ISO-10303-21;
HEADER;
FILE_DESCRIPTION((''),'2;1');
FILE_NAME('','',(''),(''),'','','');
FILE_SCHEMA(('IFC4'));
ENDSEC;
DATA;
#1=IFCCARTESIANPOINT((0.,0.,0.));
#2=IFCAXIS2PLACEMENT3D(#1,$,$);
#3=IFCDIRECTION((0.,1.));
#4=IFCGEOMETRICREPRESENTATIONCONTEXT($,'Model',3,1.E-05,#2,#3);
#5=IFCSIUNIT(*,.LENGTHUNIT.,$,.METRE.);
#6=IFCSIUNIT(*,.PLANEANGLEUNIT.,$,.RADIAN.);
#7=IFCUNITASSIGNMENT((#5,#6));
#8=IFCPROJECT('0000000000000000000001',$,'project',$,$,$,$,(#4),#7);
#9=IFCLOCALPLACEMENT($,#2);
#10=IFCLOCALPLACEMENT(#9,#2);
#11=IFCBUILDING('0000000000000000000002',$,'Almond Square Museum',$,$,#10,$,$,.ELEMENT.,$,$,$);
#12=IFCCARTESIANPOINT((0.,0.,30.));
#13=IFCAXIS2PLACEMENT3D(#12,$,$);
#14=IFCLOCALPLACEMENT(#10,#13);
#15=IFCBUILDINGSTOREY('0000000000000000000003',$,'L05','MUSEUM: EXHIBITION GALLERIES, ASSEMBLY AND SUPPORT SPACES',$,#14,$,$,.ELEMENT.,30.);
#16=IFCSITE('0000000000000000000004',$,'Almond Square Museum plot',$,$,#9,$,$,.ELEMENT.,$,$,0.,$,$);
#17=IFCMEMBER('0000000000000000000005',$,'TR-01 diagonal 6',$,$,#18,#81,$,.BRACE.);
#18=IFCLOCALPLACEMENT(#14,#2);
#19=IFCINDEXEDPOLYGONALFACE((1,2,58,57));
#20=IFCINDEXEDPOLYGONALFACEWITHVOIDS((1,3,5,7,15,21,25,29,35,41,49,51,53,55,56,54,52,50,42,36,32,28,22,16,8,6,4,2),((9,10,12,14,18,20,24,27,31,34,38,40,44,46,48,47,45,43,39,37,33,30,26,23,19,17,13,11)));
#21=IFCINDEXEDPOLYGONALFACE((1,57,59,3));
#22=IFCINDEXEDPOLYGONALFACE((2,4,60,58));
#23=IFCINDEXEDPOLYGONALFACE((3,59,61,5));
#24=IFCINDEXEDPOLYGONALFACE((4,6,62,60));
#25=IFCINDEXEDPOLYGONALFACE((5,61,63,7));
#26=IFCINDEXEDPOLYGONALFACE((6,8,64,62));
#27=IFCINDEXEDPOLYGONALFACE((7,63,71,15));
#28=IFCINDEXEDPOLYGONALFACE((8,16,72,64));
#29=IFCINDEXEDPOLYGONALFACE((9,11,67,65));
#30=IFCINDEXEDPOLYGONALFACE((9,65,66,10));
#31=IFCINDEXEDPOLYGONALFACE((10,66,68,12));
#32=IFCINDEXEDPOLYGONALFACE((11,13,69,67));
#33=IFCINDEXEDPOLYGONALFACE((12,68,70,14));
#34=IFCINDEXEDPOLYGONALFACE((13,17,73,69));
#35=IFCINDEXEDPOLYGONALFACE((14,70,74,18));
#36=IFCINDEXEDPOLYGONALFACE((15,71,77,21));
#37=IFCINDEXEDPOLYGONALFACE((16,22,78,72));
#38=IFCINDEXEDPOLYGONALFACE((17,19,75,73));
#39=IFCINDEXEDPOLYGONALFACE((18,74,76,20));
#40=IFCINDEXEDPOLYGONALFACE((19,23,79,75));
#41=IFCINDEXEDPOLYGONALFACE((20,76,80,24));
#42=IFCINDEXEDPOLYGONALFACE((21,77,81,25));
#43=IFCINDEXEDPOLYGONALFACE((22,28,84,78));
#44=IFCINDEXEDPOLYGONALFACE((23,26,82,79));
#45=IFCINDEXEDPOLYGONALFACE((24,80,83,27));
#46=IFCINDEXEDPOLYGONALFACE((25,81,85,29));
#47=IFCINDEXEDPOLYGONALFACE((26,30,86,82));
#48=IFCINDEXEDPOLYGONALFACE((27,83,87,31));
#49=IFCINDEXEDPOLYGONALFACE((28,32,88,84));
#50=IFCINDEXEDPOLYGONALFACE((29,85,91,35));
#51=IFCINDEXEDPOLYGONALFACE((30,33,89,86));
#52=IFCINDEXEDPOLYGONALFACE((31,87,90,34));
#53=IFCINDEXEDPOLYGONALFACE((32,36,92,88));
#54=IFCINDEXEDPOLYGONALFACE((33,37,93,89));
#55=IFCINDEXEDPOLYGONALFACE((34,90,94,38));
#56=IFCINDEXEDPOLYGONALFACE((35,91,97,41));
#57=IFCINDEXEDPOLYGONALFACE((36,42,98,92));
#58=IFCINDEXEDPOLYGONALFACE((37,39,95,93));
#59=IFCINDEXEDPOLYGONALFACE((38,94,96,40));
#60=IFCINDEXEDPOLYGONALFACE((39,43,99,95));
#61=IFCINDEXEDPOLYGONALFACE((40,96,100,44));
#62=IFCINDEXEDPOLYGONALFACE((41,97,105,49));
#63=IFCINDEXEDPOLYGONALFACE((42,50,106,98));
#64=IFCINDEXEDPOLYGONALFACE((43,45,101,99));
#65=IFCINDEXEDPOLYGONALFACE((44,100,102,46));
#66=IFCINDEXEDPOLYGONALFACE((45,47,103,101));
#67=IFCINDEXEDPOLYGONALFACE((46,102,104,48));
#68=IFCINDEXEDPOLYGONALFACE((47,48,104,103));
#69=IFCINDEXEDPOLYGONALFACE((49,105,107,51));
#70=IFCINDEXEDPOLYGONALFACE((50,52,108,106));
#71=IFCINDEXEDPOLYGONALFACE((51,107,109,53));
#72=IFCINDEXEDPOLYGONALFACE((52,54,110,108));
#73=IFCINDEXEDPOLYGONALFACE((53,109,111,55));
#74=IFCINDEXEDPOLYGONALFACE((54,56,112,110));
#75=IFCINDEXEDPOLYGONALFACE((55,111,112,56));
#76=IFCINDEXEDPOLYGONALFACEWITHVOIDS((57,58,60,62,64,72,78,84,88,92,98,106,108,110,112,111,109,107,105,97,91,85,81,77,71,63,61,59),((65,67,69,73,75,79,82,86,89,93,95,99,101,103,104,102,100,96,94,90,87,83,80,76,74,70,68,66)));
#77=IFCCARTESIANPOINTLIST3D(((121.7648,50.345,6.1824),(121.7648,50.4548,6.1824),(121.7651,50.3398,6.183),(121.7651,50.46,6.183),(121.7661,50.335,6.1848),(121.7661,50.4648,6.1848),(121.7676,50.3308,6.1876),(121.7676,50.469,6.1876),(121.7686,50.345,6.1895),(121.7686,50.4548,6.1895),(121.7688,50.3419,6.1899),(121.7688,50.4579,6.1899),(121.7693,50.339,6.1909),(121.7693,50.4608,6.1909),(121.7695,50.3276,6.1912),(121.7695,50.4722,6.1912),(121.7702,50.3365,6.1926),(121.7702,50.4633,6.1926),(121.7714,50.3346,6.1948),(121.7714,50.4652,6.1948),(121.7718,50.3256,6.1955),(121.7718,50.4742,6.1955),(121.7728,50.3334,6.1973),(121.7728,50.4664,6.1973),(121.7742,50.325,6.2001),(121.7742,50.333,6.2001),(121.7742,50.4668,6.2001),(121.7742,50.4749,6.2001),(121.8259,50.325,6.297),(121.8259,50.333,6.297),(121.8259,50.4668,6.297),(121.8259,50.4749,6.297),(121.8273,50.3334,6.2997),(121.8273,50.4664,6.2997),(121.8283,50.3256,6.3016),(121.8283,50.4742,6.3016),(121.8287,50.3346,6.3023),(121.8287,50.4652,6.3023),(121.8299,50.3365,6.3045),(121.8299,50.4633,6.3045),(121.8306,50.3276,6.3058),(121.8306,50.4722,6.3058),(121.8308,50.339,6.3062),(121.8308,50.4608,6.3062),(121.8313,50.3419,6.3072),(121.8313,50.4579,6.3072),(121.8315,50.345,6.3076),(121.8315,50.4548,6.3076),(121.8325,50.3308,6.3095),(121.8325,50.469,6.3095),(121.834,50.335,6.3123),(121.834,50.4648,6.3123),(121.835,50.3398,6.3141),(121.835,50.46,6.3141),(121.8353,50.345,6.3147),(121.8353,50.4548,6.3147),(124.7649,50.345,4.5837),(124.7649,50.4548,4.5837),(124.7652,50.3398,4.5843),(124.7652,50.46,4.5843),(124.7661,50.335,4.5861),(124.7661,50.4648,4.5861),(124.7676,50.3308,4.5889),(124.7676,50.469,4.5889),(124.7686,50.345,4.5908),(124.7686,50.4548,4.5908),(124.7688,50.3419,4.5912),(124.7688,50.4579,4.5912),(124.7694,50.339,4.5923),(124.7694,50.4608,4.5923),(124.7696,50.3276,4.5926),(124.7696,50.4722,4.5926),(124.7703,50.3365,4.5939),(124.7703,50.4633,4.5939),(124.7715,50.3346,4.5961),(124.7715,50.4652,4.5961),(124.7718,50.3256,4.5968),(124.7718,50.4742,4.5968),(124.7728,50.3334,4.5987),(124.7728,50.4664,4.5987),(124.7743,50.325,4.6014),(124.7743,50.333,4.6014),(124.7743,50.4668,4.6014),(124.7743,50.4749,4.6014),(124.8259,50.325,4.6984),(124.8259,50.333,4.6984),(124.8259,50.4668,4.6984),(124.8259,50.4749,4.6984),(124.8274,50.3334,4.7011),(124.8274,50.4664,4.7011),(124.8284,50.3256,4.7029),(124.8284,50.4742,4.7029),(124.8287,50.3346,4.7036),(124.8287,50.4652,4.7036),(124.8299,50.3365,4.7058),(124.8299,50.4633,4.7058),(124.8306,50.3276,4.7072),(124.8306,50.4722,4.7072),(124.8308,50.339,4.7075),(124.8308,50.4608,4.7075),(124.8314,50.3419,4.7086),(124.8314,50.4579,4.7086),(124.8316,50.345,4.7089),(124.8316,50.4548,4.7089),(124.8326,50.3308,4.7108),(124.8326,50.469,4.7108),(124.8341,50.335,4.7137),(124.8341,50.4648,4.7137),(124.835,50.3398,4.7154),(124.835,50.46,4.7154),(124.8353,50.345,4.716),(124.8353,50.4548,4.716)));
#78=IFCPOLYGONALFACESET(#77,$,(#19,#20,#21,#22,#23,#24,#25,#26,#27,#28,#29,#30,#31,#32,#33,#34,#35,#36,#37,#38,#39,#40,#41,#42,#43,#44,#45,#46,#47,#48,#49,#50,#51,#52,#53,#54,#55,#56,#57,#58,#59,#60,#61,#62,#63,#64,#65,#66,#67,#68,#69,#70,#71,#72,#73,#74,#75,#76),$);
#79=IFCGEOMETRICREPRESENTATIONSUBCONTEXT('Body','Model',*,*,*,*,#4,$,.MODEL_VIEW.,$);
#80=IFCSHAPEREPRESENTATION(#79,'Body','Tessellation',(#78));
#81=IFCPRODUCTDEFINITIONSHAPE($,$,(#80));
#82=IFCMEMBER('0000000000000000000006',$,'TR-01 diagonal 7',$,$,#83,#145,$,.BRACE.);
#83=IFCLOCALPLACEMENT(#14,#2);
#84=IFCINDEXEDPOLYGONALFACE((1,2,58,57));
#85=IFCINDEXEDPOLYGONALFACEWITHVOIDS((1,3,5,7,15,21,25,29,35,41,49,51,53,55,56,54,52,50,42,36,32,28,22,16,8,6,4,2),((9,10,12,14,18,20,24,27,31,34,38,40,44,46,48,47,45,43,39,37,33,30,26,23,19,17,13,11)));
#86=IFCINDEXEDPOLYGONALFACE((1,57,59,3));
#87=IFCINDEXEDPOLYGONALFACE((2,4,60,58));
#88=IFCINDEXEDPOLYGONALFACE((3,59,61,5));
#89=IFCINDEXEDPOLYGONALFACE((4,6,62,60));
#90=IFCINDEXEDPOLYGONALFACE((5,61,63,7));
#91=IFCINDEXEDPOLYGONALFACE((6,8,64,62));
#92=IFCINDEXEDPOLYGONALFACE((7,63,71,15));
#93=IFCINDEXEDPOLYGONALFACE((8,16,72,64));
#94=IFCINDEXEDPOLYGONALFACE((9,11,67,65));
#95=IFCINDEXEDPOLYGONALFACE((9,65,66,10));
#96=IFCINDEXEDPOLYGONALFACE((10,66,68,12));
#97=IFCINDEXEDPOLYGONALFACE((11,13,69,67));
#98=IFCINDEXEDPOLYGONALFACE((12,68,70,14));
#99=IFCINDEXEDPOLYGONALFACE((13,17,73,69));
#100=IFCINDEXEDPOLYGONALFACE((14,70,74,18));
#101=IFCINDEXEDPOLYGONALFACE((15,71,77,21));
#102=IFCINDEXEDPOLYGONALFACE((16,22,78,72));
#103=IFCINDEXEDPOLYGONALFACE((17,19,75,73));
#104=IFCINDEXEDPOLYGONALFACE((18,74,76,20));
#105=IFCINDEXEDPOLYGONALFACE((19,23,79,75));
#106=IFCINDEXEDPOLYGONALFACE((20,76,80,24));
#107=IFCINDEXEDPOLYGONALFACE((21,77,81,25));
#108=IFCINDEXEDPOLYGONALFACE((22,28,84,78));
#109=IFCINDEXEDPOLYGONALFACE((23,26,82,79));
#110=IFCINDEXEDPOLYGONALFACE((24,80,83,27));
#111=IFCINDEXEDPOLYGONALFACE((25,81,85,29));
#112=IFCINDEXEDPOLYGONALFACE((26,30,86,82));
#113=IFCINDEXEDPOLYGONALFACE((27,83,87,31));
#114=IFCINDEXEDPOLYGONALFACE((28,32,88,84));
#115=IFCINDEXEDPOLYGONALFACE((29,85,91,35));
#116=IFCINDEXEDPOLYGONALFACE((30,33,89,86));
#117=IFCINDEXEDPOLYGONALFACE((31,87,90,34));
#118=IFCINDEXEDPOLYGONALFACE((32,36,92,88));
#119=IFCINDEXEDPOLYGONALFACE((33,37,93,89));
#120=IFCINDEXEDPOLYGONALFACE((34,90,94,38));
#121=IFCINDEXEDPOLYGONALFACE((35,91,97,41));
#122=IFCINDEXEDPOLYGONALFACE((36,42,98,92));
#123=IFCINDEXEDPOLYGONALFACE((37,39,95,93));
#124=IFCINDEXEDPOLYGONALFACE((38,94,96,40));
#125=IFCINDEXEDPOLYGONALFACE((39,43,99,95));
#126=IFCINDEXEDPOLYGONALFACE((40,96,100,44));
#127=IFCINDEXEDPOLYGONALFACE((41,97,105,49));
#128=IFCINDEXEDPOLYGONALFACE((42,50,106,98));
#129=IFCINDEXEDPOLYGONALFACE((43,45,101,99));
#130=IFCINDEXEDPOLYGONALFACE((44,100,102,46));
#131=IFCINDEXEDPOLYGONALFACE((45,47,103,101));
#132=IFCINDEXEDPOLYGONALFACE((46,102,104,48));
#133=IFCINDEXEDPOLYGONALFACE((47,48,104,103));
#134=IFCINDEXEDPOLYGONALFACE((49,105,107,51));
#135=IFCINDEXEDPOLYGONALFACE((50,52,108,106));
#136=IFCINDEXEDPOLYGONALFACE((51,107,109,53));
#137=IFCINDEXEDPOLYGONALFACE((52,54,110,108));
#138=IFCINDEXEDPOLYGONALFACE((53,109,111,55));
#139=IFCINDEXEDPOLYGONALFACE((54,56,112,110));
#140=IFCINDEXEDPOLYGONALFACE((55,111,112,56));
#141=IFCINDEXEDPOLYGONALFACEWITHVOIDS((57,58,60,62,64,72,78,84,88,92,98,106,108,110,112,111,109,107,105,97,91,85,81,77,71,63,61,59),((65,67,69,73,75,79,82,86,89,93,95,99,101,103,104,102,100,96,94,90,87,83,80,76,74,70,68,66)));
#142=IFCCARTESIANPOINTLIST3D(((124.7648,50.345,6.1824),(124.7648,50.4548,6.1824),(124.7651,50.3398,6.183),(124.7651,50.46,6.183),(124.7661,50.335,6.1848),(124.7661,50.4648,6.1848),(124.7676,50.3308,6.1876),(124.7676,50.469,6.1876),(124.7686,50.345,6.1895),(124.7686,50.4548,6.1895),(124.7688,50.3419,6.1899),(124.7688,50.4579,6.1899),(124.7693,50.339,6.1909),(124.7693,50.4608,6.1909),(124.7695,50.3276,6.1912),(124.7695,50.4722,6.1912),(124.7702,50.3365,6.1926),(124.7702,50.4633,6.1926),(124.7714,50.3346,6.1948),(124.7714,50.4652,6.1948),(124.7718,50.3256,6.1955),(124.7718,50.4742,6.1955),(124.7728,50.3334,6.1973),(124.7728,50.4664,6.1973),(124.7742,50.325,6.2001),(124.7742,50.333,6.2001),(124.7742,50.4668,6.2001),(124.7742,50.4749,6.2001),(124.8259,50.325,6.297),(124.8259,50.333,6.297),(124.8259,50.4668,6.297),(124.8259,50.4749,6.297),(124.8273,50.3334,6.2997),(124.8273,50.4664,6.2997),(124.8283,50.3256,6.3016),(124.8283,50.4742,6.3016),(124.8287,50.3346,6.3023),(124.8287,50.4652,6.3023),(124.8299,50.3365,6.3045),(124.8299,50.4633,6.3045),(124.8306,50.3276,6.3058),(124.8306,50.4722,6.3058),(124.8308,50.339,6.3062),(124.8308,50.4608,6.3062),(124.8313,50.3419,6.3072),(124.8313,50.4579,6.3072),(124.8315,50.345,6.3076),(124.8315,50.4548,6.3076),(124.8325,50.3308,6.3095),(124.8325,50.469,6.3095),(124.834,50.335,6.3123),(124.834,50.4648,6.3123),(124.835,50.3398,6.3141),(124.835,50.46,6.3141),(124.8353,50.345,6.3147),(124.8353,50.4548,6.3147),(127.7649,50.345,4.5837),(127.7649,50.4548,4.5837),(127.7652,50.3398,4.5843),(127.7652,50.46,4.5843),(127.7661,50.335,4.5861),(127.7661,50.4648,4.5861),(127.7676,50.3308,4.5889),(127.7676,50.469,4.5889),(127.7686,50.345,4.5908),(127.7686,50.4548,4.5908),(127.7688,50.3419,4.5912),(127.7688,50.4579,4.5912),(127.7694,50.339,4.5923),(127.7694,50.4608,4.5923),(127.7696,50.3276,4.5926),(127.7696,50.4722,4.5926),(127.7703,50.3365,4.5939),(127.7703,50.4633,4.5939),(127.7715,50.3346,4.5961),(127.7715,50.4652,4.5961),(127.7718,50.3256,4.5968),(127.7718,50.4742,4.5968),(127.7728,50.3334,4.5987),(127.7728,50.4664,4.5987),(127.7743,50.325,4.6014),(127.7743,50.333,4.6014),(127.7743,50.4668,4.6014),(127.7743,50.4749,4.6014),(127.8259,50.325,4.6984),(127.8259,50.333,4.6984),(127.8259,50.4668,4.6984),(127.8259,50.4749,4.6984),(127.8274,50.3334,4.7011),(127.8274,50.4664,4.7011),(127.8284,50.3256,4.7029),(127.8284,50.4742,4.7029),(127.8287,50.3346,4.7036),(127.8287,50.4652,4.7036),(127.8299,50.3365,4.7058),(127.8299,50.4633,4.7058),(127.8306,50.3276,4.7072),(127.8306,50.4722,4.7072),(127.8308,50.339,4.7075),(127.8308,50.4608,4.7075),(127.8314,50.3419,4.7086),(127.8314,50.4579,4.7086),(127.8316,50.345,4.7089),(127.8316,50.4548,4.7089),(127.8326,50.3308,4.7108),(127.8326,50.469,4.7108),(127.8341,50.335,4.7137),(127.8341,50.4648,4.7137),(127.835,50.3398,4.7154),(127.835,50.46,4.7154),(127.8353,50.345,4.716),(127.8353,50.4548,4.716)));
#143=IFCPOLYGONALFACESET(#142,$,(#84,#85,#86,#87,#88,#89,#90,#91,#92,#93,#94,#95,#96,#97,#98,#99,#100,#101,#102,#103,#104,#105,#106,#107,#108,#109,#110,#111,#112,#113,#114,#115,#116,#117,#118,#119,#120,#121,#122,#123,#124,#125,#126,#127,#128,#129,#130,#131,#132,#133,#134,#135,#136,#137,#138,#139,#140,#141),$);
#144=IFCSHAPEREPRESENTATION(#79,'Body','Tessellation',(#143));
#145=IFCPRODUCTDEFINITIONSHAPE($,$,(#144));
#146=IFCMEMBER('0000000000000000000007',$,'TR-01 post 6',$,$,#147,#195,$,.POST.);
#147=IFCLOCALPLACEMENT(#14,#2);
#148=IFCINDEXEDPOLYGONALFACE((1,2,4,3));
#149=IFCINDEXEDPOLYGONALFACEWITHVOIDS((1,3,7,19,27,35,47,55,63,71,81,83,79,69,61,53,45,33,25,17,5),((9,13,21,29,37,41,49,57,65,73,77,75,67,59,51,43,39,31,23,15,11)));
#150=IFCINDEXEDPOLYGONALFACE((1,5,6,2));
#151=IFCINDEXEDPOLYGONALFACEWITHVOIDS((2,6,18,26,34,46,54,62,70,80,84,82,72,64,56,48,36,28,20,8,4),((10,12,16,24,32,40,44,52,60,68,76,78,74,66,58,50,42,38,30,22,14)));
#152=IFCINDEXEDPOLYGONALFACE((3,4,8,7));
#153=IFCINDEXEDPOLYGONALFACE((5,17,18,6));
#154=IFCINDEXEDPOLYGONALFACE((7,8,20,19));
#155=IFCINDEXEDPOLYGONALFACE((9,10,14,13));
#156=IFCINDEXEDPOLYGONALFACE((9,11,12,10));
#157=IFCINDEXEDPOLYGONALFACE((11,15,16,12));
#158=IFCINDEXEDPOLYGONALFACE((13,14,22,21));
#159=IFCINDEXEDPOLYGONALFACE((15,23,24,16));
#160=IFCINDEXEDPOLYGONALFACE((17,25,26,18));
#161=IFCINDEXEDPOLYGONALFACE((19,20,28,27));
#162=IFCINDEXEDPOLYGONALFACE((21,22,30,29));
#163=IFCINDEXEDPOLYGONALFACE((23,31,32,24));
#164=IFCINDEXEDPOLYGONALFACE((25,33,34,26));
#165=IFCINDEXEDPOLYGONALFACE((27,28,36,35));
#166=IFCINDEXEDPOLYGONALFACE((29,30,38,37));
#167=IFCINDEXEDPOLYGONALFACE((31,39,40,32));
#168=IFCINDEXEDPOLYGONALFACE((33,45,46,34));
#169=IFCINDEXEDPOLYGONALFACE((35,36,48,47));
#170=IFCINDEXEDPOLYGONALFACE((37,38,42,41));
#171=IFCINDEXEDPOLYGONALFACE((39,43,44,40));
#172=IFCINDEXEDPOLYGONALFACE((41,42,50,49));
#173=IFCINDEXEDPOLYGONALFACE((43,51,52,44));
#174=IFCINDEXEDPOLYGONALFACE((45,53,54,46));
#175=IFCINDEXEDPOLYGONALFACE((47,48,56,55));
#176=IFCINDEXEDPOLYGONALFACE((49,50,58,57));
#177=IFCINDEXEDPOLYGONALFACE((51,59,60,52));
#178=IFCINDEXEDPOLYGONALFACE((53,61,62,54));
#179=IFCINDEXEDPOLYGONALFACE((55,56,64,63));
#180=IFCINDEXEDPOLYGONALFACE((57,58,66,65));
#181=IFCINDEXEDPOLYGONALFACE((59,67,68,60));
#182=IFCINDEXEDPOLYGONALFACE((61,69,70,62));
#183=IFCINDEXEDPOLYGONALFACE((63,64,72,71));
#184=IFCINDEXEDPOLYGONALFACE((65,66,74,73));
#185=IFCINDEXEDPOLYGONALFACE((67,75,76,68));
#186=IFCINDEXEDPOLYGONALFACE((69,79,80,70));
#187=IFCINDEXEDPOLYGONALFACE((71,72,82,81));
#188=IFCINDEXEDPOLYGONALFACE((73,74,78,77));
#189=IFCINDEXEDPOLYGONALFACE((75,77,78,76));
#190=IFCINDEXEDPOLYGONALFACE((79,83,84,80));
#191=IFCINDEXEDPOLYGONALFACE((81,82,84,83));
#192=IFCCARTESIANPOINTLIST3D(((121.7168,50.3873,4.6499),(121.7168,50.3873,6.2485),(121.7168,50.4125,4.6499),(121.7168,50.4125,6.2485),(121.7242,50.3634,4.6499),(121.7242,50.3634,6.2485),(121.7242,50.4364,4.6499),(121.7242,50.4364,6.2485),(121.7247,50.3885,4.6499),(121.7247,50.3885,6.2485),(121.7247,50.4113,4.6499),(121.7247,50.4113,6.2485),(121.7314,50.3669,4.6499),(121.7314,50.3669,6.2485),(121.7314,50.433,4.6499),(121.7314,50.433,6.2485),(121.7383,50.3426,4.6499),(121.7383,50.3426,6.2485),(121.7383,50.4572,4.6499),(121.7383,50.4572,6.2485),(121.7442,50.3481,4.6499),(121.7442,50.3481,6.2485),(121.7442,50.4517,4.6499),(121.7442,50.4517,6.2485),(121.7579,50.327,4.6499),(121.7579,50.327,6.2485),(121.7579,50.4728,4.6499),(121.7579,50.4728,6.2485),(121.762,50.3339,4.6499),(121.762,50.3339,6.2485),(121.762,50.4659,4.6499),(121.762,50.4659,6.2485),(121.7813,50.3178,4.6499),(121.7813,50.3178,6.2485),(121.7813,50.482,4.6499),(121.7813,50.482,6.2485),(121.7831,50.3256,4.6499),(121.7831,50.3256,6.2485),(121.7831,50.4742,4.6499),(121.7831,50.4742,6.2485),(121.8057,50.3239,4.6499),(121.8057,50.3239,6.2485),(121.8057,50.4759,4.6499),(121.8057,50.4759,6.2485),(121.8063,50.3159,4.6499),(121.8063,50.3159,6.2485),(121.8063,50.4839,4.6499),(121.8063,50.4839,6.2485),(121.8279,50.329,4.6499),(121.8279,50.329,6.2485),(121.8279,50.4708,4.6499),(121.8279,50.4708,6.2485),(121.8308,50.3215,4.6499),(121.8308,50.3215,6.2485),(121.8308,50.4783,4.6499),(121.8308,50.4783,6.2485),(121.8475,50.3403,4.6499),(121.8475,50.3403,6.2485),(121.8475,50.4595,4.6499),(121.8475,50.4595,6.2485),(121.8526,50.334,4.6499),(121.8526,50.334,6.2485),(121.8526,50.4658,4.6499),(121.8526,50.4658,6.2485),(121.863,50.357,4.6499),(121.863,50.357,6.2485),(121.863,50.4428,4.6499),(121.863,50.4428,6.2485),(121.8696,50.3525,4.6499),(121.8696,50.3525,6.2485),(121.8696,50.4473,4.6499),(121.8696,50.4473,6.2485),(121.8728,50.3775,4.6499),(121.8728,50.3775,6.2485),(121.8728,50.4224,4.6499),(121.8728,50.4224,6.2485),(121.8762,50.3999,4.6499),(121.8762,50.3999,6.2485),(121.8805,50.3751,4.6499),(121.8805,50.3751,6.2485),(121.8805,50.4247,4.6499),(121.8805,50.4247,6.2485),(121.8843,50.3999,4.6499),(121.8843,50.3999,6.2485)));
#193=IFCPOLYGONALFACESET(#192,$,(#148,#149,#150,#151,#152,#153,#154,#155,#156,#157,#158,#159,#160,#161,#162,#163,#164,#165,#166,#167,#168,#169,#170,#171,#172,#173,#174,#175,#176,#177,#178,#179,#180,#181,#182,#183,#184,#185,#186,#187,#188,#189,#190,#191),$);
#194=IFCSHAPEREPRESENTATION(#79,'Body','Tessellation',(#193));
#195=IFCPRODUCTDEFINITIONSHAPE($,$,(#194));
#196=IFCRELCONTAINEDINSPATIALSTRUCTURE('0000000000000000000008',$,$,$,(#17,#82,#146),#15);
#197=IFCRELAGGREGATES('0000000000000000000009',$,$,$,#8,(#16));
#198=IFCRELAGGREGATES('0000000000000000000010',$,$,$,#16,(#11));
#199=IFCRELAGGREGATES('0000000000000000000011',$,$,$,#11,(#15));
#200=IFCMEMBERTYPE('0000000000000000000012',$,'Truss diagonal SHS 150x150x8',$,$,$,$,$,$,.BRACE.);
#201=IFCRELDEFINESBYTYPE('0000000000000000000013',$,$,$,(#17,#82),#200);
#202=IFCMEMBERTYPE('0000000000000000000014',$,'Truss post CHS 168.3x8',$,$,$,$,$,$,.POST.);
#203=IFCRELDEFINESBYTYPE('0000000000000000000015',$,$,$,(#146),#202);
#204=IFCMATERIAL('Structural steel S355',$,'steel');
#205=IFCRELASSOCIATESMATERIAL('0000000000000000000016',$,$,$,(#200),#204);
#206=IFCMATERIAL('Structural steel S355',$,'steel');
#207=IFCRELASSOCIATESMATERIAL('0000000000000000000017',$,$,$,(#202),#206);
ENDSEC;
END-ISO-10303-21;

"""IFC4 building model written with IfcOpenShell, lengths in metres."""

from ifc_helpers import new_model, si_unit, direction, frame, origin, origin_2d, place, context, subcontext, project, spatial, hollow_rectangle, hollow_circle, extrude, material, material_profile, profile_set, type_object, element, save


model = new_model("IFC4")

# Units and contexts
model_context = context("Model", 3, precision=1e-05, world=origin(), true_north=direction((0.0, 1.0)))
body_context = subcontext(model_context, "Body", "Model", "MODEL_VIEW")
ifc_project = project(units=[si_unit("LENGTHUNIT", "METRE"), si_unit("PLANEANGLEUNIT", "RADIAN")], contexts=[model_context])

# Site, building, storey
site_placement = place(None, origin())
site = spatial("IfcSite", under=ifc_project, at=site_placement, Name="Almond Square Museum plot", CompositionType="ELEMENT", RefElevation=0.0)
building_placement = place(site_placement, origin())
building = spatial("IfcBuilding", under=site, at=building_placement, Name="Almond Square Museum", CompositionType="ELEMENT")
storey_placement = place(building_placement, frame((0.0, 0.0, 30.0)))
storey = spatial("IfcBuildingStorey", under=building, at=storey_placement, Name="L05", Description="MUSEUM: EXHIBITION GALLERIES, ASSEMBLY AND SUPPORT SPACES", CompositionType="ELEMENT", Elevation=30.0)

# Members
ifc_material_1 = material(Name="Structural steel S355", Category="steel")
ifc_material_profile_1 = material_profile(ifc_material_1, hollow_rectangle(XDim=0.1499, YDim=0.1499, WallThickness=0.0081, InnerFilletRadius=0.012, OuterFilletRadius=0.02, at=origin_2d()))
ifc_profile_set_1 = profile_set([ifc_material_profile_1], Name="Structural steel S355")
member_type_1 = type_object("IfcMemberType", Name="Truss diagonal SHS 150x150x8", PredefinedType="BRACE", material=ifc_profile_set_1)
for number, where, z_axis, x_axis, name in (
    (1, (121.8, 50.3999, 6.2485), (0.88252, 0.0, -0.470275), (0.0, 1.0, 0.0), "TR-01 diagonal 6"),
    (2, (124.8, 50.3999, 6.2485), (0.88252, 0.0, -0.470275), (0.0, 1.0, 0.0), "TR-01 diagonal 7"),
):
    element("IfcMember", number, at=place(storey_placement, frame(where, z_axis=z_axis, x_axis=x_axis)), inside=storey, type_object=member_type_1, Name=name, PredefinedType="BRACE", context=body_context, shape_type="SweptSolid", body=[
        extrude(hollow_rectangle(XDim=0.1499, YDim=0.1499, WallThickness=0.0081, InnerFilletRadius=0.012, OuterFilletRadius=0.02, at=origin_2d()), origin(), (0.0, 0.0, 1.0), 3.3994),
    ])
ifc_material_2 = material(Name="Structural steel S355", Category="steel")
ifc_material_profile_2 = material_profile(ifc_material_2, hollow_circle(Radius=0.0842, WallThickness=0.0081, at=origin_2d()))
ifc_profile_set_2 = profile_set([ifc_material_profile_2], Name="Structural steel S355")
member_type_2 = type_object("IfcMemberType", Name="Truss post CHS 168.3x8", PredefinedType="POST", material=ifc_profile_set_2)
for number, where, z_axis, x_axis, name in (
    (3, (121.8, 50.3999, 4.6499), (0.0, 0.0, 1.0), (1.0, 0.0, 0.0), "TR-01 post 6"),
):
    element("IfcMember", number, at=place(storey_placement, frame(where, z_axis=z_axis, x_axis=x_axis)), inside=storey, type_object=member_type_2, Name=name, PredefinedType="POST", context=body_context, shape_type="SweptSolid", body=[
        extrude(hollow_circle(Radius=0.0842, WallThickness=0.0081, at=origin_2d()), origin(), (0.0, 0.0, 1.0), 1.5986),
    ])

save(model, "model.ifc")
